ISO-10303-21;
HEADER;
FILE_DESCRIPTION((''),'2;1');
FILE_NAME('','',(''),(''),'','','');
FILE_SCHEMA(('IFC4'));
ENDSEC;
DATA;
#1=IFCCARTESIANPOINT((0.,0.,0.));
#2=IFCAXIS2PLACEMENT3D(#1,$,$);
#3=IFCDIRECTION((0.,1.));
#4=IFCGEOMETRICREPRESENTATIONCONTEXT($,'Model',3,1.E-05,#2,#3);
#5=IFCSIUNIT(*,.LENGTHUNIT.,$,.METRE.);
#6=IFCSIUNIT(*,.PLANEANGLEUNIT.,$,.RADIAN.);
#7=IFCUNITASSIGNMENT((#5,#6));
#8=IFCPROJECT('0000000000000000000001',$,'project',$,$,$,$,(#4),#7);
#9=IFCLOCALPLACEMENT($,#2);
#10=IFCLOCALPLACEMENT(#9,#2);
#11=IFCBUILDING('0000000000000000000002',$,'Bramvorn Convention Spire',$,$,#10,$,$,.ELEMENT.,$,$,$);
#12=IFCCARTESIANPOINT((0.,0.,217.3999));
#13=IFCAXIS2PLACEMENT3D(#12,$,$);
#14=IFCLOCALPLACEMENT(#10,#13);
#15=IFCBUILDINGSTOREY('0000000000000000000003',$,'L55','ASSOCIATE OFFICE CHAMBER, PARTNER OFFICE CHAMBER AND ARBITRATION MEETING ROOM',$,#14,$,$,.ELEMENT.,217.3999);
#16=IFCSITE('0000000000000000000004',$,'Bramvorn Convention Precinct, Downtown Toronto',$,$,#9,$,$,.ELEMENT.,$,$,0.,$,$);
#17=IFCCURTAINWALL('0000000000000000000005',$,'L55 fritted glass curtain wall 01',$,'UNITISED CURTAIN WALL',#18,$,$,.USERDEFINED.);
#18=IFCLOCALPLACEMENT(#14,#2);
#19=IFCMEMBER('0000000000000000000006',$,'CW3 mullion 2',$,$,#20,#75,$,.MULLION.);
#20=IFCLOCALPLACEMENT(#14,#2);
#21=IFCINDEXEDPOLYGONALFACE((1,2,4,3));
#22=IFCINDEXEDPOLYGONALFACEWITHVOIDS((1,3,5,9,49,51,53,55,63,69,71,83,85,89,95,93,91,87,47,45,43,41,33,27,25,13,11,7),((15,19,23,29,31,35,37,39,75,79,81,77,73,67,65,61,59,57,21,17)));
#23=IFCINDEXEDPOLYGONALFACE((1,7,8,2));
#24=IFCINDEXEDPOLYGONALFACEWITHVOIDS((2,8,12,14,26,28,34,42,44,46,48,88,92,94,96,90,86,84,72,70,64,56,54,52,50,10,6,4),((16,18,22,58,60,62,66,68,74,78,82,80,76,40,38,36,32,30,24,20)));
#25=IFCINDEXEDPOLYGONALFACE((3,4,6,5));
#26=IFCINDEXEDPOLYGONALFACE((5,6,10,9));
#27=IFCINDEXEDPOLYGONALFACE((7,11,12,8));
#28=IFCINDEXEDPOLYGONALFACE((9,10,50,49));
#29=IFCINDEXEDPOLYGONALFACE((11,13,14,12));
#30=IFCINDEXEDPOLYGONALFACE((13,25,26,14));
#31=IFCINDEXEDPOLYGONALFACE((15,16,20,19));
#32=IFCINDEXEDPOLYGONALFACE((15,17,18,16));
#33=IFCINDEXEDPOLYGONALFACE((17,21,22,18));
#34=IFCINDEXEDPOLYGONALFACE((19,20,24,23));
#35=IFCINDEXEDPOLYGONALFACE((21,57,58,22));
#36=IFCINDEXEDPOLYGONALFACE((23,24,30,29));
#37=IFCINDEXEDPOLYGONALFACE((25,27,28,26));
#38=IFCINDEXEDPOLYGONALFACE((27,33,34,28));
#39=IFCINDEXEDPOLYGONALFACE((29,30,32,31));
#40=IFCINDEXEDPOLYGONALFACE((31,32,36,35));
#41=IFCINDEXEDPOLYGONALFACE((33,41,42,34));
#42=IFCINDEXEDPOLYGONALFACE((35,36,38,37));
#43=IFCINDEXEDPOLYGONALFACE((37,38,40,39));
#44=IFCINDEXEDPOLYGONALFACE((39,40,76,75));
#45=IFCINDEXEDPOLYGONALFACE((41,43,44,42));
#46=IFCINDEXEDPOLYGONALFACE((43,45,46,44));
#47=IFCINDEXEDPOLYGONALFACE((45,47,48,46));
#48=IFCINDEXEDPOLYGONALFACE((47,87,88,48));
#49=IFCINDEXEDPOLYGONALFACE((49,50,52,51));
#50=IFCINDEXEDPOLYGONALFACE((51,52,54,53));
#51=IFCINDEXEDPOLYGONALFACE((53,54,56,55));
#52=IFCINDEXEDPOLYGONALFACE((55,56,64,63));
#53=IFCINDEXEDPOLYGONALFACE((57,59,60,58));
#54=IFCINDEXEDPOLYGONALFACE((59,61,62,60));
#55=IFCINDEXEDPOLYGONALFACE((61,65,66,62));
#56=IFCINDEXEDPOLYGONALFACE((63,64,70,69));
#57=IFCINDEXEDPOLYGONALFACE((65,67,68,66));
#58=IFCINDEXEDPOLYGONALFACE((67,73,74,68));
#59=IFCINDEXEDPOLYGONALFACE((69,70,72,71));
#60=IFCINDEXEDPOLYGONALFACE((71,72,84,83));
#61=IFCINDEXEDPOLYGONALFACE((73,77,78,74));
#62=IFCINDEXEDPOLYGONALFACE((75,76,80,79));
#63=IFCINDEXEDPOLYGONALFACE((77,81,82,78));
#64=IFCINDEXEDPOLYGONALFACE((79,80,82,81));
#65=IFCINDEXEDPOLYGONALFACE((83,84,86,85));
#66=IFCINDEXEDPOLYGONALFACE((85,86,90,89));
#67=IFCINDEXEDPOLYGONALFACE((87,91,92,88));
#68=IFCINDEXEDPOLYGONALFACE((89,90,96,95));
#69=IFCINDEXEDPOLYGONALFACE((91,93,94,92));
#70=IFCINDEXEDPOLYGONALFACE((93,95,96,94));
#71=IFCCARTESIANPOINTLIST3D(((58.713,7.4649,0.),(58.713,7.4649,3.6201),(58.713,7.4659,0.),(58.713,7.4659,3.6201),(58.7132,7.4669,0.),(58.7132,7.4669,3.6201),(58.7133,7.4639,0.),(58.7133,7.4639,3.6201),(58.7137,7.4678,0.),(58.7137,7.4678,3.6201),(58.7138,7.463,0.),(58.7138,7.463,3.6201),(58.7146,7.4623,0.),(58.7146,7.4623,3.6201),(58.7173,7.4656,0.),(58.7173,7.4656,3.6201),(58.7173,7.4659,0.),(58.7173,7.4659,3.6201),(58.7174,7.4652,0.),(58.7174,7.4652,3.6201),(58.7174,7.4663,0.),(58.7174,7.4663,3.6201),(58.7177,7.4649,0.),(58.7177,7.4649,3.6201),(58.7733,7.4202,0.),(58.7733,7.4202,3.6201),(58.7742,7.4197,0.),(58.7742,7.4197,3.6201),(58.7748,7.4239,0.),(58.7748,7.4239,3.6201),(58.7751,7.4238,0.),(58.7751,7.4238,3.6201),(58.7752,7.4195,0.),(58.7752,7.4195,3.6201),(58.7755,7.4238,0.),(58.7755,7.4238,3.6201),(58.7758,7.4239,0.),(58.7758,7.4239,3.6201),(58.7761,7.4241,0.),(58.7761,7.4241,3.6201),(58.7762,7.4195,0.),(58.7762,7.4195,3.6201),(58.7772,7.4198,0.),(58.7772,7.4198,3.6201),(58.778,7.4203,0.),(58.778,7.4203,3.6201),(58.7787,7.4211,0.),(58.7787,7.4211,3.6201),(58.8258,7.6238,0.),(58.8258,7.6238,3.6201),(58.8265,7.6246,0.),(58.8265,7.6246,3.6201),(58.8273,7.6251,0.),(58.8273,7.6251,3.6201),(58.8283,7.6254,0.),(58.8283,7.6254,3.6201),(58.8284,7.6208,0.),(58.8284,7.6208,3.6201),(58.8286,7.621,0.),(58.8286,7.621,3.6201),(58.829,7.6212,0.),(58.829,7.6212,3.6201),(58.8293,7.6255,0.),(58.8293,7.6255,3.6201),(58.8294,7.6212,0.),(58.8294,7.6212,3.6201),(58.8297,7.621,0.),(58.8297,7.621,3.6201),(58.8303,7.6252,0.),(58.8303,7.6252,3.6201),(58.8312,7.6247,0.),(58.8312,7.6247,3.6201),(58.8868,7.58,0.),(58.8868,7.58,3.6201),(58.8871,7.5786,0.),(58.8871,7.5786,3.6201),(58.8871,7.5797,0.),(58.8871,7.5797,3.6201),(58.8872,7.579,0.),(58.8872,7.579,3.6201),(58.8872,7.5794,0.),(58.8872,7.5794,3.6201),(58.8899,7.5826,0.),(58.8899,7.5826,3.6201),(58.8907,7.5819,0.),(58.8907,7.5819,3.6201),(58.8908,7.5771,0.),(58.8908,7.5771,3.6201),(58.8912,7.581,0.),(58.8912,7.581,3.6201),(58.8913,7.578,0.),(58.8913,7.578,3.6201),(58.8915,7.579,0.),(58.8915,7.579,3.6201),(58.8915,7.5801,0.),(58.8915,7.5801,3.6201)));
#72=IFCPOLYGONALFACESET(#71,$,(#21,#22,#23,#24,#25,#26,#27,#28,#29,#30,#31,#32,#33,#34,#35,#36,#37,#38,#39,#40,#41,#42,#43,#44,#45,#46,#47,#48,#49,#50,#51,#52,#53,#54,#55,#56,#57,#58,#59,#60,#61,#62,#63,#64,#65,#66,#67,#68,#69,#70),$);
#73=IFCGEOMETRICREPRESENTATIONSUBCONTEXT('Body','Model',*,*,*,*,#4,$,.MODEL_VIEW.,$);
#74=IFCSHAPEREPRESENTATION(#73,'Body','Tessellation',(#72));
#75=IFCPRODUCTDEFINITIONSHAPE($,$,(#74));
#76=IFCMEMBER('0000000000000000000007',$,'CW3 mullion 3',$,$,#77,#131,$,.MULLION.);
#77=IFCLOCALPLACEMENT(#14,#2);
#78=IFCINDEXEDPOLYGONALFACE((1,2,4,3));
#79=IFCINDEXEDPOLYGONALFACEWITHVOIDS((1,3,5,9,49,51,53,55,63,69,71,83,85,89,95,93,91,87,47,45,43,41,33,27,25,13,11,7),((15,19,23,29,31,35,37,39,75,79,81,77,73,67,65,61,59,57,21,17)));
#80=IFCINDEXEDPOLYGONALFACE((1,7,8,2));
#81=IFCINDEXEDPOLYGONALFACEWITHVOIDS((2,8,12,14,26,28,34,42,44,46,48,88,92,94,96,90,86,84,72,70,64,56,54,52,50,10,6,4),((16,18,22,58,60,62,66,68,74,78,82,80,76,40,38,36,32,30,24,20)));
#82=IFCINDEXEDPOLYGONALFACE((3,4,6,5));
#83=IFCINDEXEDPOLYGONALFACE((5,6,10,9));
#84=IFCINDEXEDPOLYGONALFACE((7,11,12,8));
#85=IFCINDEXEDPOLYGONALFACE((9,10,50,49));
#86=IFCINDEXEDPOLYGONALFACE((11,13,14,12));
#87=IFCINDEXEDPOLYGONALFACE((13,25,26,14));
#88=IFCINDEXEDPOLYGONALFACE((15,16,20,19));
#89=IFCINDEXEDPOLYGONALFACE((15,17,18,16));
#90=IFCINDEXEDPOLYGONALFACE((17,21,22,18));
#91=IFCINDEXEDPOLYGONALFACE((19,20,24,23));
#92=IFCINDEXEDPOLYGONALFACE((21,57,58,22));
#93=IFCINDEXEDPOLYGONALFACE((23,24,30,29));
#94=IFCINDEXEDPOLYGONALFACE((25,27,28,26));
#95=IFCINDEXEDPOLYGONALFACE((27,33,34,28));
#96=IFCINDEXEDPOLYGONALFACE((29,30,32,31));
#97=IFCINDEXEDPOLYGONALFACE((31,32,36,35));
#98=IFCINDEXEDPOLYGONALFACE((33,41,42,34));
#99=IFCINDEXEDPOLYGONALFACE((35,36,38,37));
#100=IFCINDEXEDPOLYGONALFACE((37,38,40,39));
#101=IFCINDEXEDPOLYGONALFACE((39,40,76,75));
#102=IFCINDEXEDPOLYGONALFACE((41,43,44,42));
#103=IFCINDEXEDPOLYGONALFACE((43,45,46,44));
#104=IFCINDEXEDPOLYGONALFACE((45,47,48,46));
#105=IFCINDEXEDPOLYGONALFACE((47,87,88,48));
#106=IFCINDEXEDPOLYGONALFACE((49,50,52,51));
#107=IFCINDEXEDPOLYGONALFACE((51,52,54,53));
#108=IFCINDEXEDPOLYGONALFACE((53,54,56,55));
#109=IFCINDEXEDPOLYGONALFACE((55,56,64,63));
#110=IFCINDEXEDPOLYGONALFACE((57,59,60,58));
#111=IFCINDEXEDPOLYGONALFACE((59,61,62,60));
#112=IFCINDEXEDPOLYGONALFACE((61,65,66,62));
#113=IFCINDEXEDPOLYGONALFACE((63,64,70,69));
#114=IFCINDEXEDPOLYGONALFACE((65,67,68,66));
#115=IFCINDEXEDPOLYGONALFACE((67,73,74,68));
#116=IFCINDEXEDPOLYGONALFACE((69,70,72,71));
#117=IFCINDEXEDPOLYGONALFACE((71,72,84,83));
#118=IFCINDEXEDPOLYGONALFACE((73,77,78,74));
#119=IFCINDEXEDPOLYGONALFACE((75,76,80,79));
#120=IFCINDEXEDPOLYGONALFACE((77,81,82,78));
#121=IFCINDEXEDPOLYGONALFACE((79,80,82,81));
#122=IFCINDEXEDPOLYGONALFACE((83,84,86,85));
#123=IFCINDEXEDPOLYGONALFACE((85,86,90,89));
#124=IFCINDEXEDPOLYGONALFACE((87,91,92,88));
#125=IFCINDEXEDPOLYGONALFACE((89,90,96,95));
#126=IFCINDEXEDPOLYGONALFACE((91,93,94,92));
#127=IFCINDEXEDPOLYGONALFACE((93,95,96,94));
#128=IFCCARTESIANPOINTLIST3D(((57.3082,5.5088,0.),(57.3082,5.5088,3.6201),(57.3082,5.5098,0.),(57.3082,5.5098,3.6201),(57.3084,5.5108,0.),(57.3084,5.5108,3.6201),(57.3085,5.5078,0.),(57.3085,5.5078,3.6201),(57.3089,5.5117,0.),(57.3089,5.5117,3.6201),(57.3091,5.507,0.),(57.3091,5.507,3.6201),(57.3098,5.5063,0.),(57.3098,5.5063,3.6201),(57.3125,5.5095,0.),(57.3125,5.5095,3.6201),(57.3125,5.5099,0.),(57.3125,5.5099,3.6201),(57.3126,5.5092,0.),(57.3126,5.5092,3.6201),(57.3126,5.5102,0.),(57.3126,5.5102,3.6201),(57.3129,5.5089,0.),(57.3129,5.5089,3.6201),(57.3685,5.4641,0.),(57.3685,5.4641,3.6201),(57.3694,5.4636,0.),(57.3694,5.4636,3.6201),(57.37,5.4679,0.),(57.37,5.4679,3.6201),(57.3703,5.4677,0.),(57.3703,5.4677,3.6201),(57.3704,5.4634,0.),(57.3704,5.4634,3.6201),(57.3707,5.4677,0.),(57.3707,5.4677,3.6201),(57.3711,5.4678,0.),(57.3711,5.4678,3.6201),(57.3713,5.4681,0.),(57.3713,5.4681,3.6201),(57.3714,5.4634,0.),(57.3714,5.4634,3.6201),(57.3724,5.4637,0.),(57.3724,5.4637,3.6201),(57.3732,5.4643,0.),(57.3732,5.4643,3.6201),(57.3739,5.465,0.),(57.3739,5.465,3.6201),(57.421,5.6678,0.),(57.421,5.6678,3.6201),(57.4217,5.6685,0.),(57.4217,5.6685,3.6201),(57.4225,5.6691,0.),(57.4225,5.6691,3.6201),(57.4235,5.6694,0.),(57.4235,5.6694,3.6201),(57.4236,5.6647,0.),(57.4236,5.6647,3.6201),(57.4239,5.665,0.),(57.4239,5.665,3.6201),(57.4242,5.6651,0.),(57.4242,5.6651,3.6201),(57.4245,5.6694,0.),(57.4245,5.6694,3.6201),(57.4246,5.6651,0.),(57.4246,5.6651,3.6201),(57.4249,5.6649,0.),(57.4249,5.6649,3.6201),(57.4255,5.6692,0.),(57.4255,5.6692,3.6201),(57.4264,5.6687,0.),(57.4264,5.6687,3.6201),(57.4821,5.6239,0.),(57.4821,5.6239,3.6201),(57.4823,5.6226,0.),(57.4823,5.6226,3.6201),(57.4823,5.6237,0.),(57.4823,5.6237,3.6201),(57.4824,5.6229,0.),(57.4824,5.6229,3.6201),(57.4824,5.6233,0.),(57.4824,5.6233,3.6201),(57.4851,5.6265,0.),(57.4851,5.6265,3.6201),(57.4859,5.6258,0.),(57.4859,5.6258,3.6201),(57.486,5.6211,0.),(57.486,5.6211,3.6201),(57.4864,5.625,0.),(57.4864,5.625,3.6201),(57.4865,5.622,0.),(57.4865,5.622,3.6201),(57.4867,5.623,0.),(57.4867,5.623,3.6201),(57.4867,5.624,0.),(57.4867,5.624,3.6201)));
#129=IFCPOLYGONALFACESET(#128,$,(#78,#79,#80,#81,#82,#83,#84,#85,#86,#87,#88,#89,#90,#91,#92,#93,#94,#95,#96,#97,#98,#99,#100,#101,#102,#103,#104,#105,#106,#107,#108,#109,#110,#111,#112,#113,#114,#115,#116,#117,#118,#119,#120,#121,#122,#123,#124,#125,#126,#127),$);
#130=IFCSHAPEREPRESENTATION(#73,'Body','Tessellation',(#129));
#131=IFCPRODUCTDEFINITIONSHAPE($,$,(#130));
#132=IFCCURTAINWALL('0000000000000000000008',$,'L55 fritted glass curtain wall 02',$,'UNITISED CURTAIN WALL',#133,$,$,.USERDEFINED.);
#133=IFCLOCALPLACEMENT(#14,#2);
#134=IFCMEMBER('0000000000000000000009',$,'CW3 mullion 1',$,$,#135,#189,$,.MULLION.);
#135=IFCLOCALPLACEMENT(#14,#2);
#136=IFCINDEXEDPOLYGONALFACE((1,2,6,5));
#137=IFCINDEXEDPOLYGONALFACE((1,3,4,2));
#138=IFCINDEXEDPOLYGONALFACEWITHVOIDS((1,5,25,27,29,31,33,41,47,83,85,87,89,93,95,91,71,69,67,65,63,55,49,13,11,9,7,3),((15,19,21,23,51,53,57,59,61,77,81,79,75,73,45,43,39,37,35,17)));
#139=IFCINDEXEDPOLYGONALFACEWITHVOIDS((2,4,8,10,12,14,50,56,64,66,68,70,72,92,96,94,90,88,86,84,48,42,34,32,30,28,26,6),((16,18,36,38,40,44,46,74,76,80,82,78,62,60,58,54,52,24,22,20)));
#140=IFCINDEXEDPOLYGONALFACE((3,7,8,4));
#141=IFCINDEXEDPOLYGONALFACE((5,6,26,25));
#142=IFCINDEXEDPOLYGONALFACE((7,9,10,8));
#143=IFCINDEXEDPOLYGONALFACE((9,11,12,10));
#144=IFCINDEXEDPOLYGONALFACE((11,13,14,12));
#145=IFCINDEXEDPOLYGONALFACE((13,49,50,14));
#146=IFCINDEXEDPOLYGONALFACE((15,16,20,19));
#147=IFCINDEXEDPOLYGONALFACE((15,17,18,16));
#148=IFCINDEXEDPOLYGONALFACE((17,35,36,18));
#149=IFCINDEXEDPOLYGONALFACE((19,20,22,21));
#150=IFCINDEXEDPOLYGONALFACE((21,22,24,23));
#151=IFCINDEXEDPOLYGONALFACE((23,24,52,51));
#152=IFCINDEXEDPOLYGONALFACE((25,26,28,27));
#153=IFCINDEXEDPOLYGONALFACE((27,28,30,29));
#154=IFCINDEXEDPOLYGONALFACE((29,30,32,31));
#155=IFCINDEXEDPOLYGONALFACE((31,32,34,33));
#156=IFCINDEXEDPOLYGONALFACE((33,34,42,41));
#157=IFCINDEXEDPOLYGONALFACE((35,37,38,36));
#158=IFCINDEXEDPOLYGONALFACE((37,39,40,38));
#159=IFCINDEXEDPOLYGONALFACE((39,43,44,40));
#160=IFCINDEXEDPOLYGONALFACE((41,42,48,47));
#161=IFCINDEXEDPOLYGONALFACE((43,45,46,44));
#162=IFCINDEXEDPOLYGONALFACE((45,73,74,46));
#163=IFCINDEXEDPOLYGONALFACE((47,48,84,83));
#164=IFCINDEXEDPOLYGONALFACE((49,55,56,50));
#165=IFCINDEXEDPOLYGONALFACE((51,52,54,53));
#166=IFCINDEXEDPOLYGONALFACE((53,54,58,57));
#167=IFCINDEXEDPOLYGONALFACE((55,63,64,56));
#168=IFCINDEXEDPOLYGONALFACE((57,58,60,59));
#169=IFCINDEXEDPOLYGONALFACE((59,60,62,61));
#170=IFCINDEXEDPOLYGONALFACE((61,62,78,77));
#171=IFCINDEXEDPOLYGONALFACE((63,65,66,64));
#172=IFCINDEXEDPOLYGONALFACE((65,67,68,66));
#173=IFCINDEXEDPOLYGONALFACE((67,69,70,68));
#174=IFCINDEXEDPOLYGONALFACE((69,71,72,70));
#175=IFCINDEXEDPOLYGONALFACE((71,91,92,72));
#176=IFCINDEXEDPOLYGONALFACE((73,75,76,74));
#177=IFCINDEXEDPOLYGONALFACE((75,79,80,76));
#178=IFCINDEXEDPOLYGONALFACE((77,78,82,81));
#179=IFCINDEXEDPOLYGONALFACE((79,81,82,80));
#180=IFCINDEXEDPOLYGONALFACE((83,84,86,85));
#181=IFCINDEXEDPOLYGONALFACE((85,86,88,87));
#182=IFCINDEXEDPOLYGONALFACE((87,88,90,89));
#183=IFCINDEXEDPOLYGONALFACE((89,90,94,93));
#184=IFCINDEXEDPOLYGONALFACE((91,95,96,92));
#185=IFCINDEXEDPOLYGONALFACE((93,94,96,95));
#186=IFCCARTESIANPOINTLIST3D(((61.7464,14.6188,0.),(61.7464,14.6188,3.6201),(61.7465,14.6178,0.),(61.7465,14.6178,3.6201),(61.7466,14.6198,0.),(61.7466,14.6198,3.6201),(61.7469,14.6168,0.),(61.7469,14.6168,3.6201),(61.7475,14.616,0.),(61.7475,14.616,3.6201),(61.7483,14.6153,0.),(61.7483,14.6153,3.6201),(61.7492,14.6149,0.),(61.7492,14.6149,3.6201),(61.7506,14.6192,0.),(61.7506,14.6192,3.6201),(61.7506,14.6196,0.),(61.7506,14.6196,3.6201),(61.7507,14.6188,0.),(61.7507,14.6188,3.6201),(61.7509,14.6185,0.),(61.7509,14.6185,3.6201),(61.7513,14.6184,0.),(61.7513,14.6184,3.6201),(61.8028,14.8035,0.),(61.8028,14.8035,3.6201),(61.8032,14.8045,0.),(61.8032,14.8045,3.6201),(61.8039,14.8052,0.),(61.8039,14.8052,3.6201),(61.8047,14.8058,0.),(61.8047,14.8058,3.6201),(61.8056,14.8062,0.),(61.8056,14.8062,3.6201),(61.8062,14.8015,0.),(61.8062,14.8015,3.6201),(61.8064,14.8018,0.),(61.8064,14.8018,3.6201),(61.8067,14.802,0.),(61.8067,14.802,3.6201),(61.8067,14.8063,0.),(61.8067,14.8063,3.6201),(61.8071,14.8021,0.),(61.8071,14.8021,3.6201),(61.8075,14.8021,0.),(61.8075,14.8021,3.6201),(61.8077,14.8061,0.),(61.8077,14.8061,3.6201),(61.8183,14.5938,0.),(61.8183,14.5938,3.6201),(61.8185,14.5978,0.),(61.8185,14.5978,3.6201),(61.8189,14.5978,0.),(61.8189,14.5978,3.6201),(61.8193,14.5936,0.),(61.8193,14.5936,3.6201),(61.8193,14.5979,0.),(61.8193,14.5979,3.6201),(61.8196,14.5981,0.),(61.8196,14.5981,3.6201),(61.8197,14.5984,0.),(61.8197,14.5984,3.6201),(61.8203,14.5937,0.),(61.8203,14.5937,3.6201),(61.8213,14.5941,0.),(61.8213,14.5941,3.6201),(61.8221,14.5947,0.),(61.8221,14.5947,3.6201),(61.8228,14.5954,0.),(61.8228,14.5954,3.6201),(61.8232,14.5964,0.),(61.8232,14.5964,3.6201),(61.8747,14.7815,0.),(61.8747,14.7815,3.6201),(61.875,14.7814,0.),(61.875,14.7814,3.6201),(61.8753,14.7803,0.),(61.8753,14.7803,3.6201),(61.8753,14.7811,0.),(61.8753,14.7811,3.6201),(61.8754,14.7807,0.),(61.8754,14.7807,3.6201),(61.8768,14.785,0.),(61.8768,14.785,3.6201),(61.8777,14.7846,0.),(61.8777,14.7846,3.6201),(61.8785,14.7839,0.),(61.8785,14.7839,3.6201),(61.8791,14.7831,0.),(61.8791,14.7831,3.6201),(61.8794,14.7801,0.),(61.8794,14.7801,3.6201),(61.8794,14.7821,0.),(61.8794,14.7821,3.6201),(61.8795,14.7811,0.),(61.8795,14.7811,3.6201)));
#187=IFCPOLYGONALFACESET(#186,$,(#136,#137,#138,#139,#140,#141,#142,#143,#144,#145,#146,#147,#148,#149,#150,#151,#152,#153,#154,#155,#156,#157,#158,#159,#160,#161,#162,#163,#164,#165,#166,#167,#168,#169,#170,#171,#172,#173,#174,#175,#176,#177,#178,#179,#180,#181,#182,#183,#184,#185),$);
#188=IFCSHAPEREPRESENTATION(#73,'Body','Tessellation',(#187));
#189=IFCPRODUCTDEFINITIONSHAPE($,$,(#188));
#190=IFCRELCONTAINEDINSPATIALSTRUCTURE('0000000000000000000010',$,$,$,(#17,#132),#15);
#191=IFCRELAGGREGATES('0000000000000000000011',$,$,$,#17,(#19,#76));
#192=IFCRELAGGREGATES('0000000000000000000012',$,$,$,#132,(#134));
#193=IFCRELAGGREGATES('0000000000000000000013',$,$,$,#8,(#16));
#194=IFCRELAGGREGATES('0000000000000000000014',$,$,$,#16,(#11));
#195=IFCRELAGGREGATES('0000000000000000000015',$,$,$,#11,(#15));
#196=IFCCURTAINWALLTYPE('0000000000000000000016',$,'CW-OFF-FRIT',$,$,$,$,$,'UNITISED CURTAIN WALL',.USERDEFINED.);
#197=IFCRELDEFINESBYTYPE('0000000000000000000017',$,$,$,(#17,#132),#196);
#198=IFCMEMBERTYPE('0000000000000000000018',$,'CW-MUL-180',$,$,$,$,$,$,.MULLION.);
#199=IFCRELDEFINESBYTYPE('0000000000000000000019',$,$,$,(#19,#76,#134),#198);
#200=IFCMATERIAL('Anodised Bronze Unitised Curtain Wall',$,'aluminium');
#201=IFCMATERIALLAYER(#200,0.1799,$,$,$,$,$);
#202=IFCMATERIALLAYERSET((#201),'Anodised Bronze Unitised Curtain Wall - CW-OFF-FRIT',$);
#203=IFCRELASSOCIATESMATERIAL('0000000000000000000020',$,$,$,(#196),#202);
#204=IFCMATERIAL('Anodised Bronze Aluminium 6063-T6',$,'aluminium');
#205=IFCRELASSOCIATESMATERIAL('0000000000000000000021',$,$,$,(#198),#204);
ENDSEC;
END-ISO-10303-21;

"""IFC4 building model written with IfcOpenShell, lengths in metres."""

from ifc_helpers import new_model, si_unit, direction, frame, origin, origin_2d, place, context, subcontext, project, spatial, hollow_rectangle, extrude, material, layer, layer_set, material_profile, profile_set, type_object, element, aggregate, save


model = new_model("IFC4")

# Units and contexts
model_context = context("Model", 3, precision=1e-05, world=origin(), true_north=direction((0.0, 1.0)))
body_context = subcontext(model_context, "Body", "Model", "MODEL_VIEW")
ifc_project = project(units=[si_unit("LENGTHUNIT", "METRE"), si_unit("PLANEANGLEUNIT", "RADIAN")], contexts=[model_context])

# Site, building, storey
site_placement = place(None, origin())
site = spatial("IfcSite", under=ifc_project, at=site_placement, Name="Bramvorn Convention Precinct, Downtown Toronto", CompositionType="ELEMENT", RefElevation=0.0)
building_placement = place(site_placement, origin())
building = spatial("IfcBuilding", under=site, at=building_placement, Name="Bramvorn Convention Spire", CompositionType="ELEMENT")
storey_placement = place(building_placement, frame((0.0, 0.0, 217.3999)))
storey = spatial("IfcBuildingStorey", under=building, at=storey_placement, Name="L55", Description="ASSOCIATE OFFICE CHAMBER, PARTNER OFFICE CHAMBER AND ARBITRATION MEETING ROOM", CompositionType="ELEMENT", Elevation=217.3999)

# Curtain walls, members
ifc_material_1 = material(Name="Anodised Bronze Unitised Curtain Wall", Category="aluminium")
ifc_layer_1 = layer(ifc_material_1, 0.1799)
ifc_layer_set_1 = layer_set([ifc_layer_1], Name="Anodised Bronze Unitised Curtain Wall - CW-OFF-FRIT")
curtain_wall_type = type_object("IfcCurtainWallType", Name="CW-OFF-FRIT", ElementType="UNITISED CURTAIN WALL", PredefinedType="USERDEFINED", material=ifc_layer_set_1)
curtain_wall_1_placement = place(storey_placement, origin())
curtain_wall_1 = element("IfcCurtainWall", 1, at=curtain_wall_1_placement, inside=storey, type_object=curtain_wall_type, Name="L55 fritted glass curtain wall 01", ObjectType="UNITISED CURTAIN WALL", PredefinedType="USERDEFINED")
ifc_material_2 = material(Name="Anodised Bronze Aluminium 6063-T6", Category="aluminium")
ifc_material_profile_1 = material_profile(ifc_material_2, hollow_rectangle(XDim=0.0801, YDim=0.2, WallThickness=0.0039, InnerFilletRadius=0.001, OuterFilletRadius=0.0039, at=origin_2d()))
ifc_profile_set_1 = profile_set([ifc_material_profile_1], Name="Anodised Bronze Aluminium 6063-T6 - CWM80X200")
member_type_1 = type_object("IfcMemberType", Name="CW-MUL-180", PredefinedType="MULLION", material=ifc_profile_set_1)
member_1_placement = place(storey_placement, frame((58.8022, 7.5225, 0.0), z_axis=(0.0, 0.0, 1.0), x_axis=(0.812261, -0.583295, 0.0)))
member_1 = element("IfcMember", 2, at=member_1_placement, type_object=member_type_1, Name="CW3 mullion 2", PredefinedType="MULLION", context=body_context, shape_type="SweptSolid", body=[
    extrude(hollow_rectangle(XDim=0.0801, YDim=0.2, WallThickness=0.0039, InnerFilletRadius=0.001, OuterFilletRadius=0.0039, at=origin_2d()), origin(), (0.0, 0.0, 1.0), 3.6201),
])
member_2_placement = place(storey_placement, frame((57.3975, 5.5664, 0.0), z_axis=(0.0, 0.0, 1.0), x_axis=(0.812261, -0.583295, 0.0)))
member_2 = element("IfcMember", 3, at=member_2_placement, type_object=member_type_1, Name="CW3 mullion 3", PredefinedType="MULLION", context=body_context, shape_type="SweptSolid", body=[
    extrude(hollow_rectangle(XDim=0.0801, YDim=0.2, WallThickness=0.0039, InnerFilletRadius=0.001, OuterFilletRadius=0.0039, at=origin_2d()), origin(), (0.0, 0.0, 1.0), 3.6201),
])
curtain_wall_2_placement = place(storey_placement, origin())
curtain_wall_2 = element("IfcCurtainWall", 4, at=curtain_wall_2_placement, inside=storey, type_object=curtain_wall_type, Name="L55 fritted glass curtain wall 02", ObjectType="UNITISED CURTAIN WALL", PredefinedType="USERDEFINED")
member_3_placement = place(storey_placement, frame((61.813, 14.7, 0.0), z_axis=(0.0, 0.0, 1.0), x_axis=(0.956321, -0.292318, 0.0)))
member_3 = element("IfcMember", 5, at=member_3_placement, type_object=member_type_1, Name="CW3 mullion 1", PredefinedType="MULLION", context=body_context, shape_type="SweptSolid", body=[
    extrude(hollow_rectangle(XDim=0.0801, YDim=0.2, WallThickness=0.0039, InnerFilletRadius=0.001, OuterFilletRadius=0.0039, at=origin_2d()), origin(), (0.0, 0.0, 1.0), 3.6201),
])

aggregate(curtain_wall_1, [member_1, member_2])
aggregate(curtain_wall_2, [member_3])

save(model, "model.ifc")
